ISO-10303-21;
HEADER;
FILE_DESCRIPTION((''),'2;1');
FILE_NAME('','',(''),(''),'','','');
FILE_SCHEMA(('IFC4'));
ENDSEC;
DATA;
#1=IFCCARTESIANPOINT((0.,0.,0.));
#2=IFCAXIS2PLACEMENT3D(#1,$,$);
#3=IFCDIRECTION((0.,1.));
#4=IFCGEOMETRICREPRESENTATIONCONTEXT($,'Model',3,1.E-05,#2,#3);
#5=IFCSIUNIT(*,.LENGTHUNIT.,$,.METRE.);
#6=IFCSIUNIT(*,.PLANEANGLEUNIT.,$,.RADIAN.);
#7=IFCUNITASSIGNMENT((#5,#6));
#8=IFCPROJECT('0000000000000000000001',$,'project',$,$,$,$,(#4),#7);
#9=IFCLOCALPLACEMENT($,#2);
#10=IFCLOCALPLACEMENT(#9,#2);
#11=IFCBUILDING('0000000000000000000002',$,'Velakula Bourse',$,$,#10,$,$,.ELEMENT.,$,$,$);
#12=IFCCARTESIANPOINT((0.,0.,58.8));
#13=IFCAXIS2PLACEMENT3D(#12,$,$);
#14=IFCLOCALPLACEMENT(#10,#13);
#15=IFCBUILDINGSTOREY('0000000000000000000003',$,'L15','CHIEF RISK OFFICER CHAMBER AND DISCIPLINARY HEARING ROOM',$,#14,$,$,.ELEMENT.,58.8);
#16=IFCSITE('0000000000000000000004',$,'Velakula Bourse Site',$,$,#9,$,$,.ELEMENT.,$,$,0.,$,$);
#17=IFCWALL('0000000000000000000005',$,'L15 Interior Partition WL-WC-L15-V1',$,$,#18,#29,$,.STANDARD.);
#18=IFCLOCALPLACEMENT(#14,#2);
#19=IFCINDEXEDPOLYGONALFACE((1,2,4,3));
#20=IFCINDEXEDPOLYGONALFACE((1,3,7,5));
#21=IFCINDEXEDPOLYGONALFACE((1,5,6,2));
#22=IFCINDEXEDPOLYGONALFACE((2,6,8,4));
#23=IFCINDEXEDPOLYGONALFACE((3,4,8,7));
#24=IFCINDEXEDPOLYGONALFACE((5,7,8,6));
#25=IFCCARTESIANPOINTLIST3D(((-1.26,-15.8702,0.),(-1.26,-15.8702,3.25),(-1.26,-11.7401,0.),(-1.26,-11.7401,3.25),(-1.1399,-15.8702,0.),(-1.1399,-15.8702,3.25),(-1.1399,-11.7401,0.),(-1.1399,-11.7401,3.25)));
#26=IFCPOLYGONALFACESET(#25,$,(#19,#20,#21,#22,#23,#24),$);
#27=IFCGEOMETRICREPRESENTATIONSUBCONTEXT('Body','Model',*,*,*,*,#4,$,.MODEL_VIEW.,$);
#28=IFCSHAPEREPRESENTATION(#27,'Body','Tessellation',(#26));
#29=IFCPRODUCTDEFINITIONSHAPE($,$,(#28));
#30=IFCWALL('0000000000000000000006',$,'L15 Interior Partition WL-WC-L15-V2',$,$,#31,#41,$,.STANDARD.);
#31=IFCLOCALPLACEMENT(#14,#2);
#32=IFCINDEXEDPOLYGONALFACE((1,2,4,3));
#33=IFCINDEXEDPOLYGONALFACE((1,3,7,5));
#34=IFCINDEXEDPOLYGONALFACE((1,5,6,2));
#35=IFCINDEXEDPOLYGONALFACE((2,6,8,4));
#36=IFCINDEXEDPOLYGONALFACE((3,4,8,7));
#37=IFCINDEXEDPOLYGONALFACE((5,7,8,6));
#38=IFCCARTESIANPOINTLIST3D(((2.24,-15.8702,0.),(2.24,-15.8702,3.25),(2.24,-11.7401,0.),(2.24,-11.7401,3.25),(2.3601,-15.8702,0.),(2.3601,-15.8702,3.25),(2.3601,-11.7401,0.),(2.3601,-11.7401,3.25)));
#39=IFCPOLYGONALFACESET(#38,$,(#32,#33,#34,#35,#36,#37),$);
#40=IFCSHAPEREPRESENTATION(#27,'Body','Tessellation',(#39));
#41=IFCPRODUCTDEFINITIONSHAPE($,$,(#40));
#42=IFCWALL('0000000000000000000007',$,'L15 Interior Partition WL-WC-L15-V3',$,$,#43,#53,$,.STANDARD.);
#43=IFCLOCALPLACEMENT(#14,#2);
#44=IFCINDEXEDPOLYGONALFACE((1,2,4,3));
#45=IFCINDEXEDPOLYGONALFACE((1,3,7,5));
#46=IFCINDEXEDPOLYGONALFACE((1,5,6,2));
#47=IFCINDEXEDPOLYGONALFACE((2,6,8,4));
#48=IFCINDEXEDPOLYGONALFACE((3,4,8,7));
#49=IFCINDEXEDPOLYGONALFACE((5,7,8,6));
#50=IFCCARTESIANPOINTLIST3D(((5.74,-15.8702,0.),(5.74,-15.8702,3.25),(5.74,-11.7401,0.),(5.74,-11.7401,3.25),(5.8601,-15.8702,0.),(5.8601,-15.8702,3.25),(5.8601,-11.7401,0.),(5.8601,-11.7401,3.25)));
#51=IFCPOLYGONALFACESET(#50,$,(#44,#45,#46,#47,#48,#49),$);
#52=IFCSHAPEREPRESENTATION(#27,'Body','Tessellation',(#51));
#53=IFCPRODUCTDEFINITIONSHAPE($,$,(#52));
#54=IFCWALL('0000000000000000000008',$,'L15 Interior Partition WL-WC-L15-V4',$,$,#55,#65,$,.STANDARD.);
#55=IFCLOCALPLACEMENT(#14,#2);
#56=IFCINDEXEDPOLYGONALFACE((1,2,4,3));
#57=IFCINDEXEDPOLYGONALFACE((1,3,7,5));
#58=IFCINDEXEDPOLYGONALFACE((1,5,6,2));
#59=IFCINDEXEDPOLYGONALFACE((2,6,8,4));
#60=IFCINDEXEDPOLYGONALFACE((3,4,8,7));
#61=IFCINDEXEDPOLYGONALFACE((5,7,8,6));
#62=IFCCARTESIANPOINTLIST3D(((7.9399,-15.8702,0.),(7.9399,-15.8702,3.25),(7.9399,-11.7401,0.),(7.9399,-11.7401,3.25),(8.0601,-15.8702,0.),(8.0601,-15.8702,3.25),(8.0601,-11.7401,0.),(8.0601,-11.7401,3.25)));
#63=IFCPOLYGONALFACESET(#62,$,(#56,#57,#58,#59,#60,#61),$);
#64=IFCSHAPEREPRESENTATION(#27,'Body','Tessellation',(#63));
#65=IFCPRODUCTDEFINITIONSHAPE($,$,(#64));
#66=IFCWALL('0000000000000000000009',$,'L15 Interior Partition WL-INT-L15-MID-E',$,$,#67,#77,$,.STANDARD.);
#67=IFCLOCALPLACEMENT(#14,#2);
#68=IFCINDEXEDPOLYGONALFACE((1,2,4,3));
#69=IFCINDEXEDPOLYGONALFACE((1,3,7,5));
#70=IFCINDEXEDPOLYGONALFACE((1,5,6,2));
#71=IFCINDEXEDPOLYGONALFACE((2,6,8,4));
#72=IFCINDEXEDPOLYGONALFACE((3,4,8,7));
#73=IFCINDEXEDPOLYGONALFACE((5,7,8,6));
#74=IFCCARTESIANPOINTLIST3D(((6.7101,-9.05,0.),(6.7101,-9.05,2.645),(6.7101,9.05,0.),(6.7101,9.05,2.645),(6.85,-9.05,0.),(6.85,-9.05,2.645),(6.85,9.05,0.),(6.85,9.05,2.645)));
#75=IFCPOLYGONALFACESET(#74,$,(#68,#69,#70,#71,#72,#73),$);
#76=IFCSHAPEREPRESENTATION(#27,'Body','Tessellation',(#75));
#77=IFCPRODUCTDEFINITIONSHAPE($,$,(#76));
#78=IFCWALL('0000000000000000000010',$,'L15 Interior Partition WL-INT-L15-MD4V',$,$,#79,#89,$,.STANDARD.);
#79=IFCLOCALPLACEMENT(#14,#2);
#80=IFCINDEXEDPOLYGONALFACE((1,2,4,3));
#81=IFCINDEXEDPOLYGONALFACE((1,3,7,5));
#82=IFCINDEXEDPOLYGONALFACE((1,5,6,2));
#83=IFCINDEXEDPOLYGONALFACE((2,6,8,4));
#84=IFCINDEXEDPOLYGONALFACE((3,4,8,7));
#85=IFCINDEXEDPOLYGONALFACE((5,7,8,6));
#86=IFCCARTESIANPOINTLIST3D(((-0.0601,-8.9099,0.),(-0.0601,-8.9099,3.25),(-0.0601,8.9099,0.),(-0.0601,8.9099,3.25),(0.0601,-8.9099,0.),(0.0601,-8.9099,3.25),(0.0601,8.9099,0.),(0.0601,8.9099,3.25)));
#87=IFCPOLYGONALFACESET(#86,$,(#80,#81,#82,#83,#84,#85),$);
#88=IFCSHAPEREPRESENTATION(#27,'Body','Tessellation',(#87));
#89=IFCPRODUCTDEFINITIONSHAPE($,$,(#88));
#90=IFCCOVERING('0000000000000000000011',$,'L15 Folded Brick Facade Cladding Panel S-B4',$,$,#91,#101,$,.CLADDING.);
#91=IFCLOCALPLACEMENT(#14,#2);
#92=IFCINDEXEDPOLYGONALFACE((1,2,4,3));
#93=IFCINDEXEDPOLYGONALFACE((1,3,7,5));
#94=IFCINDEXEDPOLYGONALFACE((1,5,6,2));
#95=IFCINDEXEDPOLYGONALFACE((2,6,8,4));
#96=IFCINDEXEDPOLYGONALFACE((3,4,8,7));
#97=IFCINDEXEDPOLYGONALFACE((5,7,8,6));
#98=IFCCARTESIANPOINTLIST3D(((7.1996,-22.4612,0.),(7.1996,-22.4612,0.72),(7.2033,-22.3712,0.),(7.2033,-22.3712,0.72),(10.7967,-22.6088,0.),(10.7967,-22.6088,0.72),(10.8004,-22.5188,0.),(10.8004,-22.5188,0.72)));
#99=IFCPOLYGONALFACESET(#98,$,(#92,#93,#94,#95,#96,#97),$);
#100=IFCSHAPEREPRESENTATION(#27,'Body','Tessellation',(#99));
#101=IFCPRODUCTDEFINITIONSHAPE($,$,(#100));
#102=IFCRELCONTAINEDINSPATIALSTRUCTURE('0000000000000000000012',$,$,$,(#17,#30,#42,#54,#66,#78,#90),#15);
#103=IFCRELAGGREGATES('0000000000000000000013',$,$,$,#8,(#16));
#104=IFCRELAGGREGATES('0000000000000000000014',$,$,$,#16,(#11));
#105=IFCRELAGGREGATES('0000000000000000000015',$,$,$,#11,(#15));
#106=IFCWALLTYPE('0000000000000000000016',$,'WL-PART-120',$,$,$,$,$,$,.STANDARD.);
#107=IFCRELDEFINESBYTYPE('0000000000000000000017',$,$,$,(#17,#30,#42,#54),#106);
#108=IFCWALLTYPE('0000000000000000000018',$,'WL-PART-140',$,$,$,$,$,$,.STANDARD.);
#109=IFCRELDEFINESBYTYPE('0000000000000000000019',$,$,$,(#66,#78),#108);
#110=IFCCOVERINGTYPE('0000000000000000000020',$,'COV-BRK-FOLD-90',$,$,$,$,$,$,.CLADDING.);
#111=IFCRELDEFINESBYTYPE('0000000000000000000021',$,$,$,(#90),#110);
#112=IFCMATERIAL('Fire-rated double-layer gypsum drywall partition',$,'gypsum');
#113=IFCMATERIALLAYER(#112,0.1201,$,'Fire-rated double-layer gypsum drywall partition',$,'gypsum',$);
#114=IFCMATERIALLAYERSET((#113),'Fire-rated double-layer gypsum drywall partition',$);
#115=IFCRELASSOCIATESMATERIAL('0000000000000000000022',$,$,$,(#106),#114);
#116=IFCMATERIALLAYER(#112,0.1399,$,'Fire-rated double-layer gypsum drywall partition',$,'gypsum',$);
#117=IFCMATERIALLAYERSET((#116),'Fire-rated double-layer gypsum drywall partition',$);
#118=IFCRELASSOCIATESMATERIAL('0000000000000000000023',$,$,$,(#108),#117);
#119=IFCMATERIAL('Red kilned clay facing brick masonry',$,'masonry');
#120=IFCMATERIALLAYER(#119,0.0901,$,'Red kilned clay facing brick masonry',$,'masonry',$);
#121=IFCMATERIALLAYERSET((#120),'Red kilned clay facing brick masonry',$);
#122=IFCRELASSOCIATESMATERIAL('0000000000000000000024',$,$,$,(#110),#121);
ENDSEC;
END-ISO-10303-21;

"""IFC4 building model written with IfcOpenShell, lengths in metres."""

from ifc_helpers import new_model, si_unit, direction, frame, frame_2d, origin, origin_2d, place, context, subcontext, project, spatial, rectangle, extrude, material, layer, layer_set, type_object, element, save


model = new_model("IFC4")

# Units and contexts
model_context = context("Model", 3, precision=1e-05, world=origin(), true_north=direction((0.0, 1.0)))
body_context = subcontext(model_context, "Body", "Model", "MODEL_VIEW")
ifc_project = project(units=[si_unit("LENGTHUNIT", "METRE"), si_unit("PLANEANGLEUNIT", "RADIAN")], contexts=[model_context])

# Site, building, storey
site_placement = place(None, origin())
site = spatial("IfcSite", under=ifc_project, at=site_placement, Name="Velakula Bourse Site", CompositionType="ELEMENT", RefElevation=0.0)
building_placement = place(site_placement, origin())
building = spatial("IfcBuilding", under=site, at=building_placement, Name="Velakula Bourse", CompositionType="ELEMENT")
storey_placement = place(building_placement, frame((0.0, 0.0, 58.8)))
storey = spatial("IfcBuildingStorey", under=building, at=storey_placement, Name="L15", Description="CHIEF RISK OFFICER CHAMBER AND DISCIPLINARY HEARING ROOM", CompositionType="ELEMENT", Elevation=58.8)

# Shared definitions
ifc_material_1 = material(Name="Red kilned clay facing brick masonry", Category="masonry")

# Walls
ifc_material_2 = material(Name="Fire-rated double-layer gypsum drywall partition", Category="gypsum")
ifc_layer_1 = layer(ifc_material_2, 0.1201, Name="Fire-rated double-layer gypsum drywall partition", Category="gypsum")
ifc_layer_set_1 = layer_set([ifc_layer_1], Name="Fire-rated double-layer gypsum drywall partition")
wall_type_1 = type_object("IfcWallType", Name="WL-PART-120", PredefinedType="STANDARD", material=ifc_layer_set_1)
for number, where, z_axis, x_axis, name in (
    (1, (-1.2, -15.8701, 0.0), (0.0, 0.0, 1.0), (0.0, 1.0, 0.0), "L15 Interior Partition WL-WC-L15-V1"),
    (2, (2.3, -15.8701, 0.0), (0.0, 0.0, 1.0), (0.0, 1.0, 0.0), "L15 Interior Partition WL-WC-L15-V2"),
    (3, (5.8, -15.8701, 0.0), (0.0, 0.0, 1.0), (0.0, 1.0, 0.0), "L15 Interior Partition WL-WC-L15-V3"),
    (4, (8.0, -15.8701, 0.0), (0.0, 0.0, 1.0), (0.0, 1.0, 0.0), "L15 Interior Partition WL-WC-L15-V4"),
):
    element("IfcWall", number, at=place(storey_placement, frame(where, z_axis=z_axis, x_axis=x_axis)), inside=storey, type_object=wall_type_1, Name=name, PredefinedType="STANDARD", context=body_context, shape_type="SweptSolid", body=[
        extrude(rectangle(XDim=4.1301, YDim=0.1201, at=frame_2d((2.0649, 0.0))), origin(), (0.0, 0.0, 1.0), 3.25),
    ])
ifc_layer_2 = layer(ifc_material_2, 0.1399, Name="Fire-rated double-layer gypsum drywall partition", Category="gypsum")
ifc_layer_set_2 = layer_set([ifc_layer_2], Name="Fire-rated double-layer gypsum drywall partition")
wall_type_2 = type_object("IfcWallType", Name="WL-PART-140", PredefinedType="STANDARD", material=ifc_layer_set_2)
wall_1_placement = place(storey_placement, frame((6.78, -9.05, 0.0), z_axis=(0.0, 0.0, 1.0), x_axis=(0.0, 1.0, 0.0)))
element("IfcWall", 5, at=wall_1_placement, inside=storey, type_object=wall_type_2, Name="L15 Interior Partition WL-INT-L15-MID-E", PredefinedType="STANDARD", context=body_context, shape_type="SweptSolid", body=[
    extrude(rectangle(XDim=18.1001, YDim=0.1399, at=frame_2d((9.05, 0.0))), origin(), (0.0, 0.0, 1.0), 2.645),
])
wall_2_placement = place(storey_placement, frame((0.0, -8.9099, 0.0), z_axis=(0.0, 0.0, 1.0), x_axis=(0.0, 1.0, 0.0)))
element("IfcWall", 6, at=wall_2_placement, inside=storey, type_object=wall_type_2, Name="L15 Interior Partition WL-INT-L15-MD4V", PredefinedType="STANDARD", context=body_context, shape_type="SweptSolid", body=[
    extrude(rectangle(XDim=17.8198, YDim=0.1201, at=frame_2d((8.9099, 0.0))), origin(), (0.0, 0.0, 1.0), 3.25),
])

# Covering
ifc_layer_3 = layer(ifc_material_1, 0.0901, Name="Red kilned clay facing brick masonry", Category="masonry")
ifc_layer_set_3 = layer_set([ifc_layer_3], Name="Red kilned clay facing brick masonry")
covering_type = type_object("IfcCoveringType", Name="COV-BRK-FOLD-90", PredefinedType="CLADDING", material=ifc_layer_set_3)
covering_placement = place(storey_placement, frame((9.0, -22.49, 0.0), z_axis=(0.0, 0.0, 1.0), x_axis=(0.999159, -0.041004, 0.0)))
element("IfcCovering", 7, at=covering_placement, inside=storey, type_object=covering_type, Name="L15 Folded Brick Facade Cladding Panel S-B4", PredefinedType="CLADDING", context=body_context, shape_type="SweptSolid", body=[
    extrude(rectangle(XDim=3.6001, YDim=0.0901, at=origin_2d()), origin(), (0.0, 0.0, 1.0), 0.72),
])

save(model, "model.ifc")
